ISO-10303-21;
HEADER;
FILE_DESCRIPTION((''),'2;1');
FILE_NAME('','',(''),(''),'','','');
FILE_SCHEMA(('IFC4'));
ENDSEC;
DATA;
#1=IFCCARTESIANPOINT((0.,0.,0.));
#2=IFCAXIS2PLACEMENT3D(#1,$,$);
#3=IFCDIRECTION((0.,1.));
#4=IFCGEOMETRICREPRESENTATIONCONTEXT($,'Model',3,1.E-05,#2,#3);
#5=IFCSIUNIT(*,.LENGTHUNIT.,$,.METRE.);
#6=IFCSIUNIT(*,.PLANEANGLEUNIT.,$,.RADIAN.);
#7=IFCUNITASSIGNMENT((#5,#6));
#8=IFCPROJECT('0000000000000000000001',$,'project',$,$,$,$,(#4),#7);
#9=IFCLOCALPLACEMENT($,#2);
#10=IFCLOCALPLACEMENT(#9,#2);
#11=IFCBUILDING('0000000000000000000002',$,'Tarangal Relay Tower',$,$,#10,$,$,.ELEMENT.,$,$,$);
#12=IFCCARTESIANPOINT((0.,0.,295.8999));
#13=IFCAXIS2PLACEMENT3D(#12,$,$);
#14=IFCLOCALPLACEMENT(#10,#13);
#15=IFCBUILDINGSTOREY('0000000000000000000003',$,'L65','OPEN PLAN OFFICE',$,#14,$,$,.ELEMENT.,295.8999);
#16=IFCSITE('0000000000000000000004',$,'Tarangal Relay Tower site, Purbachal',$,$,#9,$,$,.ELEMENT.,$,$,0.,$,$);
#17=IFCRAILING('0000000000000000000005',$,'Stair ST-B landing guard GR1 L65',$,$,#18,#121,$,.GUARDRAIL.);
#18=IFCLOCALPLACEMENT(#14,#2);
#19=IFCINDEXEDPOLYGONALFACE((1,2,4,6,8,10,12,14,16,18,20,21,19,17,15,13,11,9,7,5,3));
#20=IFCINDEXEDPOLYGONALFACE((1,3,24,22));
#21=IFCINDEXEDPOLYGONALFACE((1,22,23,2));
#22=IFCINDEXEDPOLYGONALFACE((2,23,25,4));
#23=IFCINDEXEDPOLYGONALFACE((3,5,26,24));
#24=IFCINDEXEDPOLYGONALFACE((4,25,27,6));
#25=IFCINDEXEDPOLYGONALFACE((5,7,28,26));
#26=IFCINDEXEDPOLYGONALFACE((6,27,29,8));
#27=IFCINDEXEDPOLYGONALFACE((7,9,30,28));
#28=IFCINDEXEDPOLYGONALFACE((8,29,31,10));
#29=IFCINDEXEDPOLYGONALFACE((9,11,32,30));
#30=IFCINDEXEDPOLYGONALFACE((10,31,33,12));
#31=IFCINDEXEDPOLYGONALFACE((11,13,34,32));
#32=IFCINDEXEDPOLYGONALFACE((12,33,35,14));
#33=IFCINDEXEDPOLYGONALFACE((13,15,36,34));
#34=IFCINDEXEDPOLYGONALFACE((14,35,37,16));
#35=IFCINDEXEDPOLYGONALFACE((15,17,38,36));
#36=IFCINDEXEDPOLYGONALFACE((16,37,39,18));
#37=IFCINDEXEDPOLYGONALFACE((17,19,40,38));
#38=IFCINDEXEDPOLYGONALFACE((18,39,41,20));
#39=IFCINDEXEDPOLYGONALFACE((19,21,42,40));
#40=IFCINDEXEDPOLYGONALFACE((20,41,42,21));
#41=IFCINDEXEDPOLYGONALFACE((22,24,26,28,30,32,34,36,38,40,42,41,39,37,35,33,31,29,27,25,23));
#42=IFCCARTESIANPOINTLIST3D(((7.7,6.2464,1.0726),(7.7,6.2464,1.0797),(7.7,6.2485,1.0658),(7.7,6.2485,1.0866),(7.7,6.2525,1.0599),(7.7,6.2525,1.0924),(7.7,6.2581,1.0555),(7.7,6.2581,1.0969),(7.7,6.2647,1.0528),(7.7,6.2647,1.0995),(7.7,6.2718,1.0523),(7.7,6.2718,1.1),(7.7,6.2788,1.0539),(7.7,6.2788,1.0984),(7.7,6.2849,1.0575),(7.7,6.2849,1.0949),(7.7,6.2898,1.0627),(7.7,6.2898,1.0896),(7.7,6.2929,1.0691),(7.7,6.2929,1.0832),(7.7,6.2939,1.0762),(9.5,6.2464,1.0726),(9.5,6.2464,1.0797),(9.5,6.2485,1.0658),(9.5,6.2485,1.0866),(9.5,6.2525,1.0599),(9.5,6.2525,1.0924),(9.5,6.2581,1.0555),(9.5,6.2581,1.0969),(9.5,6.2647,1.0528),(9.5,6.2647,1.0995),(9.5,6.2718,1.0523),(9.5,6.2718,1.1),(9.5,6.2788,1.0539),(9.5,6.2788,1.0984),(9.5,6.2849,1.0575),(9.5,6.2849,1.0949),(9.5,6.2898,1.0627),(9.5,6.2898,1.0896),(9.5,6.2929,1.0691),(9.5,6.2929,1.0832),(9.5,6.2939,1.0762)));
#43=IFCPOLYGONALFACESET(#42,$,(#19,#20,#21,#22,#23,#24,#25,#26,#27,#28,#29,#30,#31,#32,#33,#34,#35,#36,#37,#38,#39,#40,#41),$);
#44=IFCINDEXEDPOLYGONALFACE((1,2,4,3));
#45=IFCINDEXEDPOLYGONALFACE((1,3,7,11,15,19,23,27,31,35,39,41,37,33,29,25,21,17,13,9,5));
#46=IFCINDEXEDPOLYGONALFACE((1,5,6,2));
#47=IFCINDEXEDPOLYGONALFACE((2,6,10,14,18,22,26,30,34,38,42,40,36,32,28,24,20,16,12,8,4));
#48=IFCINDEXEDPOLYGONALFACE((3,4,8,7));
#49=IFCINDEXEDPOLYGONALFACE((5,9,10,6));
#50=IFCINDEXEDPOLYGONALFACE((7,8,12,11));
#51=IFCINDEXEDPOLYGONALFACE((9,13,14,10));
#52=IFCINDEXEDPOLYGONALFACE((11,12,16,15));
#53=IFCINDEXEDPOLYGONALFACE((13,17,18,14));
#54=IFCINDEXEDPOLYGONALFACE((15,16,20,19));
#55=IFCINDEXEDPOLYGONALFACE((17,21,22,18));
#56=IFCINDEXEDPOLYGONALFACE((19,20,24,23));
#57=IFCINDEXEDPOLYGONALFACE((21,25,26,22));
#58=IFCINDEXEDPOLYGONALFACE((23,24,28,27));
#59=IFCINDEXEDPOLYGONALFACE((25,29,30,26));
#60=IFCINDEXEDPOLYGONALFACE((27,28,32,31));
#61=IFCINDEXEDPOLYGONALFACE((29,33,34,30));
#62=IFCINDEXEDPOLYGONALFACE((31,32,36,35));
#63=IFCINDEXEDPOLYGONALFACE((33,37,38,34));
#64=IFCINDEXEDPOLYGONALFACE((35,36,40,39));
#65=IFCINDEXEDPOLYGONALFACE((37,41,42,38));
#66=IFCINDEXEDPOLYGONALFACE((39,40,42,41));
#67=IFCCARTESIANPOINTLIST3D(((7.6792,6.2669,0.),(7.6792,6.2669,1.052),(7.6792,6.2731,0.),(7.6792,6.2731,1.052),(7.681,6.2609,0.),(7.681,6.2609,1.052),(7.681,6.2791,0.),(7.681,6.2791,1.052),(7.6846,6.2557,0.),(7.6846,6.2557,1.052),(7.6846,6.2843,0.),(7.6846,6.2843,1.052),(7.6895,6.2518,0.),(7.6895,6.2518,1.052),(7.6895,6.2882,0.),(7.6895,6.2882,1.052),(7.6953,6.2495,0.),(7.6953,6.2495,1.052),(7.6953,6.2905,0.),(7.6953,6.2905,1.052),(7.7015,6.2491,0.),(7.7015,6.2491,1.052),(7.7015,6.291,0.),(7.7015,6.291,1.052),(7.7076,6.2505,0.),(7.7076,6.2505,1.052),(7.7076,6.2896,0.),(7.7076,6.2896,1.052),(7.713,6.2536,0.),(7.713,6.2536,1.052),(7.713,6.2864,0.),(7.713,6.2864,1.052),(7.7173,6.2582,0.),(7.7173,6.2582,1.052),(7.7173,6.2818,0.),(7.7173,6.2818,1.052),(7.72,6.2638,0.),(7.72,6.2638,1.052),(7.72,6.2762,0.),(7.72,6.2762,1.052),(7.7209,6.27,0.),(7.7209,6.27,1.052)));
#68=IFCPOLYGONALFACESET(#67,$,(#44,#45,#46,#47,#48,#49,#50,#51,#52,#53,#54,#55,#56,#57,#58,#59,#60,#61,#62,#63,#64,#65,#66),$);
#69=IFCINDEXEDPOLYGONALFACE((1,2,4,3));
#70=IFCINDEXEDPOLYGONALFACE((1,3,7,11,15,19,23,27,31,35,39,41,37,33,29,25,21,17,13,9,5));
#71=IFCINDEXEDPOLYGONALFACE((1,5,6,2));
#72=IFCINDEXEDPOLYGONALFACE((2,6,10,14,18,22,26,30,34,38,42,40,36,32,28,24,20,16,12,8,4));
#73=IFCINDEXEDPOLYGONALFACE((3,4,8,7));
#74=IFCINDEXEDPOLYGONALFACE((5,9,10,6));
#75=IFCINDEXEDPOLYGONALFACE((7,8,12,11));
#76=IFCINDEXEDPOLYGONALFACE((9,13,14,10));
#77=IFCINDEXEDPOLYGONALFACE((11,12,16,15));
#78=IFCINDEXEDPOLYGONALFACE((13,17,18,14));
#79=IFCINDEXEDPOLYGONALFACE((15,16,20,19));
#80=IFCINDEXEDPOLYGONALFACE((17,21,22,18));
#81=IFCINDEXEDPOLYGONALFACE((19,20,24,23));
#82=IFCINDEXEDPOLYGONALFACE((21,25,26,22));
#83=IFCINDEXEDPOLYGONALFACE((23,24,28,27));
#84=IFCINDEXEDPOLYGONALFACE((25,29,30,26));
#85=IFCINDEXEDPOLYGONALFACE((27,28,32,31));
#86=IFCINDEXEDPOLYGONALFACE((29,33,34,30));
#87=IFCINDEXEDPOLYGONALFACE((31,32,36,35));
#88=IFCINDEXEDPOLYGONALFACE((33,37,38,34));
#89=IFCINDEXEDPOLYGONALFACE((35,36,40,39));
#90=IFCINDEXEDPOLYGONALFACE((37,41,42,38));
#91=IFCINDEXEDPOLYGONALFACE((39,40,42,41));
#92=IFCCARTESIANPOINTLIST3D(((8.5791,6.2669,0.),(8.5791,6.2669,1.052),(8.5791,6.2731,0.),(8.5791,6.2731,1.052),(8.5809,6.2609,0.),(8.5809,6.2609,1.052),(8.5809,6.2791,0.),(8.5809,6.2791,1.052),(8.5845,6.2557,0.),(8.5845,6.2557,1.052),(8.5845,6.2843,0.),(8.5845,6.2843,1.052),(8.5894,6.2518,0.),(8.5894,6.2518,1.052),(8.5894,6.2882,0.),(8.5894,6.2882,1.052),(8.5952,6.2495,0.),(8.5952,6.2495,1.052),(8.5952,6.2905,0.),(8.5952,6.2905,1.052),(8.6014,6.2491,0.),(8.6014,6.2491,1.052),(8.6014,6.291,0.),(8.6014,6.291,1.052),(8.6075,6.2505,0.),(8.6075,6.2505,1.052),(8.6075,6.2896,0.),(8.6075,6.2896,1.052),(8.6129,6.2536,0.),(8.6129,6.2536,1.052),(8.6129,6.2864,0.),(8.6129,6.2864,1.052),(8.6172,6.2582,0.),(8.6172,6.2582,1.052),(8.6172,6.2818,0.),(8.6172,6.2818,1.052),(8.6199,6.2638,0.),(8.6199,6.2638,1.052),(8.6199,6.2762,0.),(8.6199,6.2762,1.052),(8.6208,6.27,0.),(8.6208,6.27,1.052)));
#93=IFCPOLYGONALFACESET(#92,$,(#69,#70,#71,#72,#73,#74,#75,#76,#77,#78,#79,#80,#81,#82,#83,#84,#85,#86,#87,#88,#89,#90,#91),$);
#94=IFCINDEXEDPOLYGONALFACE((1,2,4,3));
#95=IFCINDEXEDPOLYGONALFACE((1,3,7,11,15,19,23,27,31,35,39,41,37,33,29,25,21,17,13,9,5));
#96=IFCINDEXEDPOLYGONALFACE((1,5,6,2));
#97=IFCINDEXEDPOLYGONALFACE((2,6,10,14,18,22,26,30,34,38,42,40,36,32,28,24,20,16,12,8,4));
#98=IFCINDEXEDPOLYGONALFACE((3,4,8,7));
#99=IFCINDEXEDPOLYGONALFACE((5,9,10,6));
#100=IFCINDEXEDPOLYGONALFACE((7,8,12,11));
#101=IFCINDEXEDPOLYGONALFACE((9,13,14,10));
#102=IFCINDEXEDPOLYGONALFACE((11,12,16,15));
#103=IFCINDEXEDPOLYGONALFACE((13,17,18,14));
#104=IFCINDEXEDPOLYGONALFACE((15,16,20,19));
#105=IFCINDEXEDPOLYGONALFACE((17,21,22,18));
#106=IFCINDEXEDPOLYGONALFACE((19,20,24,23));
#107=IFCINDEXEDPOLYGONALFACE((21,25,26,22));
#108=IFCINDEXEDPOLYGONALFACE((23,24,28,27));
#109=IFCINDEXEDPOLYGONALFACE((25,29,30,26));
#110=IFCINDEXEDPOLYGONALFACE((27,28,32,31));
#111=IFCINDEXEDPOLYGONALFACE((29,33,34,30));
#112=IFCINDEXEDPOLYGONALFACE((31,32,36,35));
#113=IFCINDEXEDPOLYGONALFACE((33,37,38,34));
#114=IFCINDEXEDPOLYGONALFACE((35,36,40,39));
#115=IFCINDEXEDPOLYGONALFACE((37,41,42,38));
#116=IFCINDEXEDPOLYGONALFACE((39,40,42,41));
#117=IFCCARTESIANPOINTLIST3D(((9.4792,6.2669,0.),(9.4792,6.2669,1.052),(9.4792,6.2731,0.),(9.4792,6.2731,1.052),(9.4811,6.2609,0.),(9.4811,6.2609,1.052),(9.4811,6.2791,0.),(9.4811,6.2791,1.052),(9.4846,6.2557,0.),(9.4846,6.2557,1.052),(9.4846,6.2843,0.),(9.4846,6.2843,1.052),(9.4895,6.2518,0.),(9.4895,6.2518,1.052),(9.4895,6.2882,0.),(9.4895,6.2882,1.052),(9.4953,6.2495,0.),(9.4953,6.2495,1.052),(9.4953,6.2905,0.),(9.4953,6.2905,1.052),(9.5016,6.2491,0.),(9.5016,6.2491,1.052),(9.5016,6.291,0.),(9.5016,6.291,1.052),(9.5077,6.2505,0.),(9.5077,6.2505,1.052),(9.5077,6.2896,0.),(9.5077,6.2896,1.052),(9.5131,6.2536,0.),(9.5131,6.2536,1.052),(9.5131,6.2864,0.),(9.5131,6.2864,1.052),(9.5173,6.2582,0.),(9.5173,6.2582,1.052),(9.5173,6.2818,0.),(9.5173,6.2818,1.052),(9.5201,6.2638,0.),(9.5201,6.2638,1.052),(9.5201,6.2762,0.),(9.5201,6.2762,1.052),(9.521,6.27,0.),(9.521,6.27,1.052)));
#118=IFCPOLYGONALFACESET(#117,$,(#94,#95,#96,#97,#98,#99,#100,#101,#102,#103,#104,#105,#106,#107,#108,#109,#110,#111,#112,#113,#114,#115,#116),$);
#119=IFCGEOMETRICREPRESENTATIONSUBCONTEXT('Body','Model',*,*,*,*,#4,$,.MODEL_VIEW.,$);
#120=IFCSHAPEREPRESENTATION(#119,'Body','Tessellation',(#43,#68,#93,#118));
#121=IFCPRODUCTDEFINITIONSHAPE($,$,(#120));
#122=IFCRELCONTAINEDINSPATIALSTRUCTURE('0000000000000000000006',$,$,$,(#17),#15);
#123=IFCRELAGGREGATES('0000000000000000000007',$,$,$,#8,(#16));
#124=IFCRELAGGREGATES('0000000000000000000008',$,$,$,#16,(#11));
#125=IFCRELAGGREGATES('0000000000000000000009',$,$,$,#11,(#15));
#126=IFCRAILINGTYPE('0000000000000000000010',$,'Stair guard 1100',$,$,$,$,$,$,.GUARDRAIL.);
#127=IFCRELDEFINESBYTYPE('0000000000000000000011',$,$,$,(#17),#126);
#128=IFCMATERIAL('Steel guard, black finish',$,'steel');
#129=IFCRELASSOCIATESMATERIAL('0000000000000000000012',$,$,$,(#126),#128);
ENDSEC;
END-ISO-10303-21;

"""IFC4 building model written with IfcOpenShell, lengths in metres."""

from ifc_helpers import new_model, si_unit, direction, frame, origin, origin_2d, place, context, subcontext, project, spatial, circle, extrude, material, type_object, element, save


model = new_model("IFC4")

# Units and contexts
model_context = context("Model", 3, precision=1e-05, world=origin(), true_north=direction((0.0, 1.0)))
body_context = subcontext(model_context, "Body", "Model", "MODEL_VIEW")
ifc_project = project(units=[si_unit("LENGTHUNIT", "METRE"), si_unit("PLANEANGLEUNIT", "RADIAN")], contexts=[model_context])

# Site, building, storey
site_placement = place(None, origin())
site = spatial("IfcSite", under=ifc_project, at=site_placement, Name="Tarangal Relay Tower site, Purbachal", CompositionType="ELEMENT", RefElevation=0.0)
building_placement = place(site_placement, origin())
building = spatial("IfcBuilding", under=site, at=building_placement, Name="Tarangal Relay Tower", CompositionType="ELEMENT")
storey_placement = place(building_placement, frame((0.0, 0.0, 295.8999)))
storey = spatial("IfcBuildingStorey", under=building, at=storey_placement, Name="L65", Description="OPEN PLAN OFFICE", CompositionType="ELEMENT", Elevation=295.8999)

# Railing
ifc_material_1 = material(Name="Steel guard, black finish", Category="steel")
railing_type_1 = type_object("IfcRailingType", Name="Stair guard 1100", PredefinedType="GUARDRAIL", material=ifc_material_1)
railing_1_placement = place(storey_placement, frame((7.7, 6.27, 0.0)))
element("IfcRailing", 1, at=railing_1_placement, inside=storey, type_object=railing_type_1, Name="Stair ST-B landing guard GR1 L65", PredefinedType="GUARDRAIL", context=body_context, shape_type="SweptSolid", body=[
    extrude(circle(Radius=0.0239, at=origin_2d()), frame((0.0, 0.0, 1.0762), z_axis=(1.0, 0.0, 0.0), x_axis=(0.0, 1.0, 0.0)), (0.0, 0.0, 1.0), 1.8),
    extrude(circle(Radius=0.021, at=origin_2d()), origin(), (0.0, 0.0, 1.0), 1.052),
    extrude(circle(Radius=0.021, at=origin_2d()), frame((0.8999, 0.0, 0.0)), (0.0, 0.0, 1.0), 1.052),
    extrude(circle(Radius=0.021, at=origin_2d()), frame((1.8, 0.0, 0.0)), (0.0, 0.0, 1.0), 1.052),
])

save(model, "model.ifc")
